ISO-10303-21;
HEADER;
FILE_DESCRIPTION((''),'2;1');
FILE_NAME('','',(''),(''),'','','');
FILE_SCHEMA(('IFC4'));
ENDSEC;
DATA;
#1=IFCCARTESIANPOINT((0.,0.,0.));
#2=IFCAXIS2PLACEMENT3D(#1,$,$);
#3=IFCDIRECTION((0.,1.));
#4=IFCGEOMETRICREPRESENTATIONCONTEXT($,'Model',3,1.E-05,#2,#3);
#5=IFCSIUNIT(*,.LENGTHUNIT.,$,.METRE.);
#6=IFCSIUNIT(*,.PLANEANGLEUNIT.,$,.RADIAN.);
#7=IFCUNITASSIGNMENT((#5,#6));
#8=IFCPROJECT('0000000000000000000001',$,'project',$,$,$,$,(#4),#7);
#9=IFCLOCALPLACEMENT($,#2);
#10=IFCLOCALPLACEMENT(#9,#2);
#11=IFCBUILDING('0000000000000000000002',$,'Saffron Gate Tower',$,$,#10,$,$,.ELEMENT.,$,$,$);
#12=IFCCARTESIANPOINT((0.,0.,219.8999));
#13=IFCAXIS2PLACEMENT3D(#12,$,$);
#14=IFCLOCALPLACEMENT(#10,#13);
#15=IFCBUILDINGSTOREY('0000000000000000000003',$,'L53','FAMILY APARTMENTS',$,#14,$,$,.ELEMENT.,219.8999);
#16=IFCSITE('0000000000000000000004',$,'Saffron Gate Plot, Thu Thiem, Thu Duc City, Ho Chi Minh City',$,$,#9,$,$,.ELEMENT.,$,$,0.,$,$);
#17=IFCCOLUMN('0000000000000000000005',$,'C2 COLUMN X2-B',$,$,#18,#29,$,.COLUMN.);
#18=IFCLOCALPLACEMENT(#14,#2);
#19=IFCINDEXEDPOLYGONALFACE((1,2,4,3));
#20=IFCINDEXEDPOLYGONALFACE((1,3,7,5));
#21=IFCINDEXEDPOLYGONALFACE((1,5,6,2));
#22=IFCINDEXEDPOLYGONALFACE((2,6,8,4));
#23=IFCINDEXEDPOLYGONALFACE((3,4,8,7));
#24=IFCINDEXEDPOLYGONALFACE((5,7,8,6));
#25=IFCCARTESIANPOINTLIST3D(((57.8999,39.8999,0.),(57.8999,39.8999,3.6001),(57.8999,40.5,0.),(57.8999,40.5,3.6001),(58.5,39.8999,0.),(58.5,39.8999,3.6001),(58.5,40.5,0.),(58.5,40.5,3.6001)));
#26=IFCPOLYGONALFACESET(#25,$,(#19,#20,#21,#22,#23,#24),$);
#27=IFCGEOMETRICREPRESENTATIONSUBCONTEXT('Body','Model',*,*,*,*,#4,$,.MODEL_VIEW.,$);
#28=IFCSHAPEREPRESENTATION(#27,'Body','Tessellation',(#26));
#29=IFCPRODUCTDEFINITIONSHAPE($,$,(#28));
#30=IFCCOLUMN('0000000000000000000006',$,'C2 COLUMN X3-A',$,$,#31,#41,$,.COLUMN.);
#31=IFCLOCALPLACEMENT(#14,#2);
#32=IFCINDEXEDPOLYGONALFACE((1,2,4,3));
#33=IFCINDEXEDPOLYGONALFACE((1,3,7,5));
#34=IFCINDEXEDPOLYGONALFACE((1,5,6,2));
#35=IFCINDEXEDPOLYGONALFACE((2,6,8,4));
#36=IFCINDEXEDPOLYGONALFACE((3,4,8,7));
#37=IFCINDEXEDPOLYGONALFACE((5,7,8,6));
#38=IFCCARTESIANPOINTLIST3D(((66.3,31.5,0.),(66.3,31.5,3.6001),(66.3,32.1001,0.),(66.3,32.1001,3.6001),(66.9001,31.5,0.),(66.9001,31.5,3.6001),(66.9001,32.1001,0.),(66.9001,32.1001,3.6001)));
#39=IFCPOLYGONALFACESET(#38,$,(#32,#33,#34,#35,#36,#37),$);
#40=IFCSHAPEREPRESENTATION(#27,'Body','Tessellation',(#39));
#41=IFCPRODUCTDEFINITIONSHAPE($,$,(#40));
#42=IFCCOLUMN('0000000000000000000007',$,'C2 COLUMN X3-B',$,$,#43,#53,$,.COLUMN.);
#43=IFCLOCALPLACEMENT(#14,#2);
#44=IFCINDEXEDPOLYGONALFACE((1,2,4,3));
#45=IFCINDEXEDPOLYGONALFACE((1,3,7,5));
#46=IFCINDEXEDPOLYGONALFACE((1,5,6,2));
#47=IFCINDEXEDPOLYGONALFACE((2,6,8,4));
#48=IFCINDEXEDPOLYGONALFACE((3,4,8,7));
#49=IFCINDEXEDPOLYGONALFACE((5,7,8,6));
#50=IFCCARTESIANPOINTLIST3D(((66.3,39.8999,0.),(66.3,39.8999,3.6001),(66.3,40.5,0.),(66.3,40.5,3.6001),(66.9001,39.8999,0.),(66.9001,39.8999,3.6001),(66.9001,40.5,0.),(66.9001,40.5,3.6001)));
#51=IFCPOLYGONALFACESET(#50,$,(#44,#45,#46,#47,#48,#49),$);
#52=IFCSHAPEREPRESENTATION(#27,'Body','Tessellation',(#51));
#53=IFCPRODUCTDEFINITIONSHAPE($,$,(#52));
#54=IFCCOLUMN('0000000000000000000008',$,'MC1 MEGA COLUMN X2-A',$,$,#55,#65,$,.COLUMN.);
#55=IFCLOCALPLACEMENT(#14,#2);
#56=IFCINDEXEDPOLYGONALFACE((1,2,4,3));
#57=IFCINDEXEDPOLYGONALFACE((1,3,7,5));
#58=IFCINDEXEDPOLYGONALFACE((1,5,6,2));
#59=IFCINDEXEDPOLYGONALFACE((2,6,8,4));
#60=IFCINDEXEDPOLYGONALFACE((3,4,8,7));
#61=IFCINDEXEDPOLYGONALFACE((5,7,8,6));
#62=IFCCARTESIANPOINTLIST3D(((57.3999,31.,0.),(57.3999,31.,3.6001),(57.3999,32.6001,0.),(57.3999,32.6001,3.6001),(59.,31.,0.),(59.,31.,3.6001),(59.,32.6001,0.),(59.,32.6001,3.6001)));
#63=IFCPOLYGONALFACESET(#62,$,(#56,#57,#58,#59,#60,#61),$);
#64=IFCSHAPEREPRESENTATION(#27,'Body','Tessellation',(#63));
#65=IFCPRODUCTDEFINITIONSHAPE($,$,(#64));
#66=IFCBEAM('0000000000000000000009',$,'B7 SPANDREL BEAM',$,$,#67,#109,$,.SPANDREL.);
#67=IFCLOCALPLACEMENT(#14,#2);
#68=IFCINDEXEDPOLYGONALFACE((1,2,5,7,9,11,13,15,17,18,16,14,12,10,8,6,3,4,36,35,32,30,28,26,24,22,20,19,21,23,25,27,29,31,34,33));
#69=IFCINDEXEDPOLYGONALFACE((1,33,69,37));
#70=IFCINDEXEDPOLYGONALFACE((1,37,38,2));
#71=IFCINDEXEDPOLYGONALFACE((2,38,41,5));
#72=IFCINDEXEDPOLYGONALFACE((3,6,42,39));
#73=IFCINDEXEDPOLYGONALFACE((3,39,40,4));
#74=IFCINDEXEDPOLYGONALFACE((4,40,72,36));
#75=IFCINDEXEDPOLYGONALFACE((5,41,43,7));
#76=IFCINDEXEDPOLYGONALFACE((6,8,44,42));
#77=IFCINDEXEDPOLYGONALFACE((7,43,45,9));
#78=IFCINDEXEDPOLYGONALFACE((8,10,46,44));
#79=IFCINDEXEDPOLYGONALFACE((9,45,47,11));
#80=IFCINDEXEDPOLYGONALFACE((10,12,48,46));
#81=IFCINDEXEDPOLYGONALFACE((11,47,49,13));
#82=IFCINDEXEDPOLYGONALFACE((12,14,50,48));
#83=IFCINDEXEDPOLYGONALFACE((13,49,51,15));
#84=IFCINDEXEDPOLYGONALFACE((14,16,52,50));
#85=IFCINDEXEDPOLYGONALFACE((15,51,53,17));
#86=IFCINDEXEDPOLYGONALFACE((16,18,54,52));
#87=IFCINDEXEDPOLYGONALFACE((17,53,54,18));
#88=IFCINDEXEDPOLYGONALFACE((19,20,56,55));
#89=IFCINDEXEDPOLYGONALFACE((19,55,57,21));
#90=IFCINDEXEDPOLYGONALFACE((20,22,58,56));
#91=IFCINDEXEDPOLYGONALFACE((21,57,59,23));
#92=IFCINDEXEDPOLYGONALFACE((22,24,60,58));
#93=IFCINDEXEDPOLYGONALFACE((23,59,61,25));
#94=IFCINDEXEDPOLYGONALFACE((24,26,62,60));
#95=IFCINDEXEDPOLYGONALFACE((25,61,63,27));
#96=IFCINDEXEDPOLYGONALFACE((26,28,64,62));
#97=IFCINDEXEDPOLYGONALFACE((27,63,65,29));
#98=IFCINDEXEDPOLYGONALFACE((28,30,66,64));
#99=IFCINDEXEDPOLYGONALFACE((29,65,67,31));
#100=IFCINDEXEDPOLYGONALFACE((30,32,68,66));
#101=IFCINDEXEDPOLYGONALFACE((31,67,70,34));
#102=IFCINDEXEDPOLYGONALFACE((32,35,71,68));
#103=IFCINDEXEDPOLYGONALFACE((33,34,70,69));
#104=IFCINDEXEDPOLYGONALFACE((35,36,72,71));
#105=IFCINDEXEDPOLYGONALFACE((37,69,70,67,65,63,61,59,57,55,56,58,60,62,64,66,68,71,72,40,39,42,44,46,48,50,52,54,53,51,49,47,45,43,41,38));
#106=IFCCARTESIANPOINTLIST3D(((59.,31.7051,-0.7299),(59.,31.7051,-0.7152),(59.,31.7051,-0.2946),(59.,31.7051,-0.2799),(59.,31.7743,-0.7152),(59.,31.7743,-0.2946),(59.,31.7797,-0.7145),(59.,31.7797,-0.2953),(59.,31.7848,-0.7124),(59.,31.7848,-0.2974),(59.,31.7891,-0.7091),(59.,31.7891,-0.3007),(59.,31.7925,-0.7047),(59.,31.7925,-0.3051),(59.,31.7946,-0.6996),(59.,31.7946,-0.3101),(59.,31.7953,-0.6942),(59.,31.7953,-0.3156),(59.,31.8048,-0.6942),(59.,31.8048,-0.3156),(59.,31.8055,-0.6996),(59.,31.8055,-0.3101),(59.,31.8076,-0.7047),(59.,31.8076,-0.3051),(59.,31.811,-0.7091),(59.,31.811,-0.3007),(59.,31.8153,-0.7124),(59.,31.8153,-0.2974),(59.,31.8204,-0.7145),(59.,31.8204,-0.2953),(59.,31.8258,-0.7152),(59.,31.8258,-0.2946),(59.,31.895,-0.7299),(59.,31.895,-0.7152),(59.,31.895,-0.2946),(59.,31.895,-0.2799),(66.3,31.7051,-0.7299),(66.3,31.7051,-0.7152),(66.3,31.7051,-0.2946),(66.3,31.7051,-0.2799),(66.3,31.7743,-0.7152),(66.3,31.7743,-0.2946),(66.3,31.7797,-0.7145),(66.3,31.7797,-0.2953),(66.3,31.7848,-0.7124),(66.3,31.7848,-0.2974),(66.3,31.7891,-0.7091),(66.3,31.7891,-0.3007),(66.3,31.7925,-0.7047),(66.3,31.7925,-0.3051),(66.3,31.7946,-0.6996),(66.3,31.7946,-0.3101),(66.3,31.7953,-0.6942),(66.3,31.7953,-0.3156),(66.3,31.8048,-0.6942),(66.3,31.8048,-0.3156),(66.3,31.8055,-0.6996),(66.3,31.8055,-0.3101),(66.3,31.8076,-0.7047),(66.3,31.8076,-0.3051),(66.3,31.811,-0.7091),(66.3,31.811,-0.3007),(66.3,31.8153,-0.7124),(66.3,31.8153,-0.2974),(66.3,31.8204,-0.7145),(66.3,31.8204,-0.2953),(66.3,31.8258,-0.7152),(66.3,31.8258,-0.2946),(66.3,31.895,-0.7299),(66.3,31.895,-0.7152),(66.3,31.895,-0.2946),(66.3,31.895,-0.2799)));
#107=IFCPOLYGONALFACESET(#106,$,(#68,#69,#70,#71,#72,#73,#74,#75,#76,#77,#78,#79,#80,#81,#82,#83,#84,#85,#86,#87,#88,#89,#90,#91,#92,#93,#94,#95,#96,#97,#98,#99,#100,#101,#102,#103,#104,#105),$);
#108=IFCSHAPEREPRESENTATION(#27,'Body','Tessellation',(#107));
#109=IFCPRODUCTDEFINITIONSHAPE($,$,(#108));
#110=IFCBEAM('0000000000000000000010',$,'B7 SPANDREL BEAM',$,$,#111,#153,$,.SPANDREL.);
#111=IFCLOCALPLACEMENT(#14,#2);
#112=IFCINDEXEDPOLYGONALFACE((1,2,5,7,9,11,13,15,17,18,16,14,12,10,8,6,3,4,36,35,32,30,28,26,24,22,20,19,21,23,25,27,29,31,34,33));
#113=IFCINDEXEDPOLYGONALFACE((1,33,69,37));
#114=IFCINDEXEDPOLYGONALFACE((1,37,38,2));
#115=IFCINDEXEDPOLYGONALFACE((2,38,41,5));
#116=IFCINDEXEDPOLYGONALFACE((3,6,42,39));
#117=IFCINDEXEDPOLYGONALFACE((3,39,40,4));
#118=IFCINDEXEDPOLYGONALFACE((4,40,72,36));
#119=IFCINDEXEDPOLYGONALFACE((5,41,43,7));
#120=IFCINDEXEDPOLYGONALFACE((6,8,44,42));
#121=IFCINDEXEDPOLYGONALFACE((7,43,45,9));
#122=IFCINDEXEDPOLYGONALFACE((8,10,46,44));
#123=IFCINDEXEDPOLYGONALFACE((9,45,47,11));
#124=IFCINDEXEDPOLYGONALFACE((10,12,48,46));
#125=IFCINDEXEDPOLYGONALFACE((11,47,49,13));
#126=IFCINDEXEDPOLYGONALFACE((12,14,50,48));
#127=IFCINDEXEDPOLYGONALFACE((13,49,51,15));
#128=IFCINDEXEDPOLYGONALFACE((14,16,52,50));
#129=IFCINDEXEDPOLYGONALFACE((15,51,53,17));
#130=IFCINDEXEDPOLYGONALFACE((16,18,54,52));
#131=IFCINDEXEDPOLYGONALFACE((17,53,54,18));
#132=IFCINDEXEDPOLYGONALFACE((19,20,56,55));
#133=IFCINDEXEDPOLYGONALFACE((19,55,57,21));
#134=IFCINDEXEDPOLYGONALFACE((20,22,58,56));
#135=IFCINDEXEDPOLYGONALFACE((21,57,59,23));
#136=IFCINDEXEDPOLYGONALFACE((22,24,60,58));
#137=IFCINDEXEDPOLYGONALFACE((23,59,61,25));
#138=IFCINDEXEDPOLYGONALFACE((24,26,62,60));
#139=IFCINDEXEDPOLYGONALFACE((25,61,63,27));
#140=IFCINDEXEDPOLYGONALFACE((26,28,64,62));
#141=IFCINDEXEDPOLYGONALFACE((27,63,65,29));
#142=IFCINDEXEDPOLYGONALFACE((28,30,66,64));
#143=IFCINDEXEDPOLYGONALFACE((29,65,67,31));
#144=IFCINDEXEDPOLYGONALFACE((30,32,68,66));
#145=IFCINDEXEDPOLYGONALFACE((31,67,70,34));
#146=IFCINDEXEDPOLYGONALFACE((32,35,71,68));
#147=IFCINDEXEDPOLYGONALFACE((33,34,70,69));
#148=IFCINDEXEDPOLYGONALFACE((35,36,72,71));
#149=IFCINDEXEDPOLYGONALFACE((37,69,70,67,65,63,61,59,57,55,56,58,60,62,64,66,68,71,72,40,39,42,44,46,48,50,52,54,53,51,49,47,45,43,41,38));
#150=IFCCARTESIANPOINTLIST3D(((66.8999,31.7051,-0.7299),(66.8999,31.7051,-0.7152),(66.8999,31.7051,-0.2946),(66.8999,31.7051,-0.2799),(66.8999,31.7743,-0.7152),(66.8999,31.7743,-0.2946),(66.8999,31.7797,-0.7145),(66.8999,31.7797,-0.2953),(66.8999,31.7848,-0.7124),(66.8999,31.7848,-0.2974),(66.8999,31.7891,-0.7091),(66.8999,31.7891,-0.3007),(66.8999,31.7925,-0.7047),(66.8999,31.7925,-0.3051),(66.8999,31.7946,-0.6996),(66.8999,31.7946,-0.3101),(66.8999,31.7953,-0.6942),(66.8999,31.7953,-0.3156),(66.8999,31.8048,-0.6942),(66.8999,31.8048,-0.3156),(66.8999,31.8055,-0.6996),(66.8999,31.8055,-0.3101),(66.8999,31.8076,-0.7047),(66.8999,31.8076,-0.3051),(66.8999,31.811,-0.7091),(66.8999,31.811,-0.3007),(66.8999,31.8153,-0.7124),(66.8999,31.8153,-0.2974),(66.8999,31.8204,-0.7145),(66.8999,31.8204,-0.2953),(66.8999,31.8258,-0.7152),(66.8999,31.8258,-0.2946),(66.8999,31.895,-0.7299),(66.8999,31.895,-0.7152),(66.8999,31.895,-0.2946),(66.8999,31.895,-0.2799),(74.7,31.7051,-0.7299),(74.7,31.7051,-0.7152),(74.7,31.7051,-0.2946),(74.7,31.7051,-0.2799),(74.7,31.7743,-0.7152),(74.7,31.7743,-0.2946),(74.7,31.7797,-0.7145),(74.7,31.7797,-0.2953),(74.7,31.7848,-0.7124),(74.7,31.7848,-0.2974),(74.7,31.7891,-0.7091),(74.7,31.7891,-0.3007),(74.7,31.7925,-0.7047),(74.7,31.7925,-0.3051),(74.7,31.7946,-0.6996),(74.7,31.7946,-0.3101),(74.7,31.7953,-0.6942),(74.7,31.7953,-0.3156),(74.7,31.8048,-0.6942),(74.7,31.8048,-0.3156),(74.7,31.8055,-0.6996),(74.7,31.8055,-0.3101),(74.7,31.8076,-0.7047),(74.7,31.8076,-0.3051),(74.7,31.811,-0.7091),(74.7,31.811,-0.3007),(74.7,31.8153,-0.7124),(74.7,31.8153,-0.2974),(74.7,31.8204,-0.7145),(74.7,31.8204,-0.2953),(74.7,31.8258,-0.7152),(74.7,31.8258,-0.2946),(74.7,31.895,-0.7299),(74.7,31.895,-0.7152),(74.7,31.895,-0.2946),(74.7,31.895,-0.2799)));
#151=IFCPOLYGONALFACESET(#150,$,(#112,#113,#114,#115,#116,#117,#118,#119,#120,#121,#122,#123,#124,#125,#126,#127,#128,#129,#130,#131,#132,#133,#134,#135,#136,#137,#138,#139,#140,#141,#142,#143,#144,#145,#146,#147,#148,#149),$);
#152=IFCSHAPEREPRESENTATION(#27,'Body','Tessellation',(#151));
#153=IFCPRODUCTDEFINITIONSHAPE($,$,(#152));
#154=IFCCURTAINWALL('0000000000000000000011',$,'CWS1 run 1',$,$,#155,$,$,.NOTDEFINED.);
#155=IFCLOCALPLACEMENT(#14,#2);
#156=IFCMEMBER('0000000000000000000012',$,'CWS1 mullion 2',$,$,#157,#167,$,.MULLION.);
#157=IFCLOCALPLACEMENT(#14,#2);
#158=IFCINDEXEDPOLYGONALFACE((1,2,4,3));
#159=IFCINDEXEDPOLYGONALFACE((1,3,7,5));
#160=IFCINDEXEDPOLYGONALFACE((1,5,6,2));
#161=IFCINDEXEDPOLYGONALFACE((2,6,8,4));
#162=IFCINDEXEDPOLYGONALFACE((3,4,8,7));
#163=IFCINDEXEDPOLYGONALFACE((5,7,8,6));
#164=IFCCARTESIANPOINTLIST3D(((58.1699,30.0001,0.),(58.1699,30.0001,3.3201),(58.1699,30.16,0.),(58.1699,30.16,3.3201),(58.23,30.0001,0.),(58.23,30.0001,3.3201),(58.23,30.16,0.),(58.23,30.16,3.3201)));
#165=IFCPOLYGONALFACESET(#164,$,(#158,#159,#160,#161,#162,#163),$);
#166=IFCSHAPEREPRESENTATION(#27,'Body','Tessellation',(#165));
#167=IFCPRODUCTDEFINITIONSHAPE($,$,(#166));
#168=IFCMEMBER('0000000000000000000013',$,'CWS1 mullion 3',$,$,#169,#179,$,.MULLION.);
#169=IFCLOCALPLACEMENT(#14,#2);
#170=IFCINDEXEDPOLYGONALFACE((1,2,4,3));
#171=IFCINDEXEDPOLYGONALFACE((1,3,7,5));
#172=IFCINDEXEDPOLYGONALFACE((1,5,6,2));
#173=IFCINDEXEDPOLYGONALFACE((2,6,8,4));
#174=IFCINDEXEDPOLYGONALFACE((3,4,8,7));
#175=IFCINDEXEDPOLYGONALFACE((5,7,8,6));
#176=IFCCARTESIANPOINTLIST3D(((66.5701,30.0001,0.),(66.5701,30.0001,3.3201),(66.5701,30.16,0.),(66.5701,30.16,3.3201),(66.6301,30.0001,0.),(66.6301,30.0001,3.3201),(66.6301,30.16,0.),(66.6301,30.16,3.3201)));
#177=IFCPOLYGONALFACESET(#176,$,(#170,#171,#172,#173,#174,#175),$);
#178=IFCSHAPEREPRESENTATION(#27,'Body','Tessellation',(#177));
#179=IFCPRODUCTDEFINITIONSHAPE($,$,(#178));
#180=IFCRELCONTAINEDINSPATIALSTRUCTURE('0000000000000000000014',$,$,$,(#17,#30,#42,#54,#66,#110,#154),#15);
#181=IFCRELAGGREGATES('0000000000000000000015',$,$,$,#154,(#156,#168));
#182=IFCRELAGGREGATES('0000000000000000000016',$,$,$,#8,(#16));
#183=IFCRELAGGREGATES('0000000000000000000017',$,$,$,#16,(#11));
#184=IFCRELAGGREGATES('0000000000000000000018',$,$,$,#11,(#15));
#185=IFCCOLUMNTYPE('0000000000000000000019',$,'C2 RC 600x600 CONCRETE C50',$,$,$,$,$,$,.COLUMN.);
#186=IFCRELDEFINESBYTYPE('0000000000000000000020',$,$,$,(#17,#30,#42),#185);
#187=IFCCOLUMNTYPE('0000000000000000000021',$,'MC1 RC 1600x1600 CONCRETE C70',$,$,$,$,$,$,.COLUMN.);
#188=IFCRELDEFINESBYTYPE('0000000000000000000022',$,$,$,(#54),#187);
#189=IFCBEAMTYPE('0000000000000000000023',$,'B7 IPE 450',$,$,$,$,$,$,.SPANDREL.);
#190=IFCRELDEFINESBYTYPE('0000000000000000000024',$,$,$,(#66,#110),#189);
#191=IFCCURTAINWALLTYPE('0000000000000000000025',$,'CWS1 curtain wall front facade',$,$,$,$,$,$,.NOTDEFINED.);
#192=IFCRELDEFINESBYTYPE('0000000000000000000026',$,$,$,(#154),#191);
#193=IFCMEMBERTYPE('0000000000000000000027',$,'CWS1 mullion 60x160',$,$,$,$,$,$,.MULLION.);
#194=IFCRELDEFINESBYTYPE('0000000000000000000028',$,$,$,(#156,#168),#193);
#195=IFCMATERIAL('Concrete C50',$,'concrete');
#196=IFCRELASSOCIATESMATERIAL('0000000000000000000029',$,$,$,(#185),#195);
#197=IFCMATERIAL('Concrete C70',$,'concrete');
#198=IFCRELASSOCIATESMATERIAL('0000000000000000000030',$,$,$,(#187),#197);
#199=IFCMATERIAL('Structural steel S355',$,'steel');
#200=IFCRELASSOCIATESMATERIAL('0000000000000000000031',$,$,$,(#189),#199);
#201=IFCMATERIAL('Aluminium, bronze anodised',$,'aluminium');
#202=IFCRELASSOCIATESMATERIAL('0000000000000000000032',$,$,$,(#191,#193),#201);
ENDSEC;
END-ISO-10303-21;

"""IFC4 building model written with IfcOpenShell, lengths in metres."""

from ifc_helpers import new_model, si_unit, direction, frame, origin, origin_2d, place, context, subcontext, project, spatial, rectangle, i_section, extrude, material, material_profile, profile_set, type_object, element, aggregate, save


model = new_model("IFC4")

# Units and contexts
model_context = context("Model", 3, precision=1e-05, world=origin(), true_north=direction((0.0, 1.0)))
body_context = subcontext(model_context, "Body", "Model", "MODEL_VIEW")
ifc_project = project(units=[si_unit("LENGTHUNIT", "METRE"), si_unit("PLANEANGLEUNIT", "RADIAN")], contexts=[model_context])

# Site, building, storey
site_placement = place(None, origin())
site = spatial("IfcSite", under=ifc_project, at=site_placement, Name="Saffron Gate Plot, Thu Thiem, Thu Duc City, Ho Chi Minh City", CompositionType="ELEMENT", RefElevation=0.0)
building_placement = place(site_placement, origin())
building = spatial("IfcBuilding", under=site, at=building_placement, Name="Saffron Gate Tower", CompositionType="ELEMENT")
storey_placement = place(building_placement, frame((0.0, 0.0, 219.8999)))
storey = spatial("IfcBuildingStorey", under=building, at=storey_placement, Name="L53", Description="FAMILY APARTMENTS", CompositionType="ELEMENT", Elevation=219.8999)

# Columns
ifc_material_1 = material(Name="Concrete C50", Category="concrete")
ifc_material_profile_1 = material_profile(ifc_material_1, rectangle(XDim=0.6001, YDim=0.6001, at=origin_2d()))
ifc_profile_set_1 = profile_set([ifc_material_profile_1], Name="Concrete C50")
column_type_1 = type_object("IfcColumnType", Name="C2 RC 600x600 CONCRETE C50", PredefinedType="COLUMN", material=ifc_profile_set_1)
for number, where, z_axis, x_axis, name in (
    (1, (58.2, 40.2, 0.0), (0.0, 0.0, 1.0), (1.0, 0.0, 0.0), "C2 COLUMN X2-B"),
    (2, (66.6001, 31.8, 0.0), (0.0, 0.0, 1.0), (1.0, 0.0, 0.0), "C2 COLUMN X3-A"),
    (3, (66.6001, 40.2, 0.0), (0.0, 0.0, 1.0), (1.0, 0.0, 0.0), "C2 COLUMN X3-B"),
):
    element("IfcColumn", number, at=place(storey_placement, frame(where, z_axis=z_axis, x_axis=x_axis)), inside=storey, type_object=column_type_1, Name=name, PredefinedType="COLUMN", context=body_context, shape_type="SweptSolid", body=[
        extrude(rectangle(XDim=0.6001, YDim=0.6001, at=origin_2d()), origin(), (0.0, 0.0, 1.0), 3.6001),
    ])
ifc_material_2 = material(Name="Concrete C70", Category="concrete")
ifc_material_profile_2 = material_profile(ifc_material_2, rectangle(XDim=1.6001, YDim=1.6001, at=origin_2d()))
ifc_profile_set_2 = profile_set([ifc_material_profile_2], Name="Concrete C70")
column_type_2 = type_object("IfcColumnType", Name="MC1 RC 1600x1600 CONCRETE C70", PredefinedType="COLUMN", material=ifc_profile_set_2)
column_placement = place(storey_placement, frame((58.2, 31.8, 0.0), z_axis=(0.0, 0.0, 1.0), x_axis=(1.0, 0.0, 0.0)))
element("IfcColumn", 4, at=column_placement, inside=storey, type_object=column_type_2, Name="MC1 MEGA COLUMN X2-A", PredefinedType="COLUMN", context=body_context, shape_type="SweptSolid", body=[
    extrude(rectangle(XDim=1.6001, YDim=1.6001, at=origin_2d()), origin(), (0.0, 0.0, 1.0), 3.6001),
])

# Beams
ifc_material_3 = material(Name="Structural steel S355", Category="steel")
ifc_material_profile_3 = material_profile(ifc_material_3, i_section(OverallWidth=0.1899, OverallDepth=0.45, WebThickness=0.0095, FlangeThickness=0.0146, FilletRadius=0.021, at=origin_2d()))
ifc_profile_set_3 = profile_set([ifc_material_profile_3], Name="Structural steel S355")
beam_type = type_object("IfcBeamType", Name="B7 IPE 450", PredefinedType="SPANDREL", material=ifc_profile_set_3)
beam_1_placement = place(storey_placement, frame((59.0, 31.8, -0.5049), z_axis=(1.0, 0.0, 0.0), x_axis=(0.0, 1.0, 0.0)))
element("IfcBeam", 5, at=beam_1_placement, inside=storey, type_object=beam_type, Name="B7 SPANDREL BEAM", PredefinedType="SPANDREL", context=body_context, shape_type="SweptSolid", body=[
    extrude(i_section(OverallWidth=0.1899, OverallDepth=0.45, WebThickness=0.0095, FlangeThickness=0.0146, FilletRadius=0.021, at=origin_2d()), origin(), (0.0, 0.0, 1.0), 7.3),
])
beam_2_placement = place(storey_placement, frame((66.8999, 31.8, -0.5049), z_axis=(1.0, 0.0, 0.0), x_axis=(0.0, 1.0, 0.0)))
element("IfcBeam", 6, at=beam_2_placement, inside=storey, type_object=beam_type, Name="B7 SPANDREL BEAM", PredefinedType="SPANDREL", context=body_context, shape_type="SweptSolid", body=[
    extrude(i_section(OverallWidth=0.1899, OverallDepth=0.45, WebThickness=0.0095, FlangeThickness=0.0146, FilletRadius=0.021, at=origin_2d()), origin(), (0.0, 0.0, 1.0), 7.8),
])

# Curtain wall, members
ifc_material_4 = material(Name="Aluminium, bronze anodised", Category="aluminium")
curtain_wall_type = type_object("IfcCurtainWallType", Name="CWS1 curtain wall front facade", PredefinedType="NOTDEFINED", material=ifc_material_4)
curtain_wall_placement = place(storey_placement, origin())
curtain_wall = element("IfcCurtainWall", 7, at=curtain_wall_placement, inside=storey, type_object=curtain_wall_type, Name="CWS1 run 1", PredefinedType="NOTDEFINED")
ifc_material_profile_4 = material_profile(ifc_material_4, rectangle(XDim=0.1599, YDim=0.0601, at=origin_2d()))
ifc_profile_set_4 = profile_set([ifc_material_profile_4], Name="Aluminium, bronze anodised")
member_type = type_object("IfcMemberType", Name="CWS1 mullion 60x160", PredefinedType="MULLION", material=ifc_profile_set_4)
member_1_placement = place(storey_placement, frame((58.2, 30.0801, 0.0), z_axis=(0.0, 0.0, 1.0), x_axis=(0.0, 1.0, 0.0)))
member_1 = element("IfcMember", 8, at=member_1_placement, type_object=member_type, Name="CWS1 mullion 2", PredefinedType="MULLION", context=body_context, shape_type="SweptSolid", body=[
    extrude(rectangle(XDim=0.1599, YDim=0.0601, at=origin_2d()), origin(), (0.0, 0.0, 1.0), 3.3201),
])
member_2_placement = place(storey_placement, frame((66.6001, 30.0801, 0.0), z_axis=(0.0, 0.0, 1.0), x_axis=(0.0, 1.0, 0.0)))
member_2 = element("IfcMember", 9, at=member_2_placement, type_object=member_type, Name="CWS1 mullion 3", PredefinedType="MULLION", context=body_context, shape_type="SweptSolid", body=[
    extrude(rectangle(XDim=0.1599, YDim=0.0601, at=origin_2d()), origin(), (0.0, 0.0, 1.0), 3.3201),
])
aggregate(curtain_wall, [member_1, member_2])

save(model, "model.ifc")
